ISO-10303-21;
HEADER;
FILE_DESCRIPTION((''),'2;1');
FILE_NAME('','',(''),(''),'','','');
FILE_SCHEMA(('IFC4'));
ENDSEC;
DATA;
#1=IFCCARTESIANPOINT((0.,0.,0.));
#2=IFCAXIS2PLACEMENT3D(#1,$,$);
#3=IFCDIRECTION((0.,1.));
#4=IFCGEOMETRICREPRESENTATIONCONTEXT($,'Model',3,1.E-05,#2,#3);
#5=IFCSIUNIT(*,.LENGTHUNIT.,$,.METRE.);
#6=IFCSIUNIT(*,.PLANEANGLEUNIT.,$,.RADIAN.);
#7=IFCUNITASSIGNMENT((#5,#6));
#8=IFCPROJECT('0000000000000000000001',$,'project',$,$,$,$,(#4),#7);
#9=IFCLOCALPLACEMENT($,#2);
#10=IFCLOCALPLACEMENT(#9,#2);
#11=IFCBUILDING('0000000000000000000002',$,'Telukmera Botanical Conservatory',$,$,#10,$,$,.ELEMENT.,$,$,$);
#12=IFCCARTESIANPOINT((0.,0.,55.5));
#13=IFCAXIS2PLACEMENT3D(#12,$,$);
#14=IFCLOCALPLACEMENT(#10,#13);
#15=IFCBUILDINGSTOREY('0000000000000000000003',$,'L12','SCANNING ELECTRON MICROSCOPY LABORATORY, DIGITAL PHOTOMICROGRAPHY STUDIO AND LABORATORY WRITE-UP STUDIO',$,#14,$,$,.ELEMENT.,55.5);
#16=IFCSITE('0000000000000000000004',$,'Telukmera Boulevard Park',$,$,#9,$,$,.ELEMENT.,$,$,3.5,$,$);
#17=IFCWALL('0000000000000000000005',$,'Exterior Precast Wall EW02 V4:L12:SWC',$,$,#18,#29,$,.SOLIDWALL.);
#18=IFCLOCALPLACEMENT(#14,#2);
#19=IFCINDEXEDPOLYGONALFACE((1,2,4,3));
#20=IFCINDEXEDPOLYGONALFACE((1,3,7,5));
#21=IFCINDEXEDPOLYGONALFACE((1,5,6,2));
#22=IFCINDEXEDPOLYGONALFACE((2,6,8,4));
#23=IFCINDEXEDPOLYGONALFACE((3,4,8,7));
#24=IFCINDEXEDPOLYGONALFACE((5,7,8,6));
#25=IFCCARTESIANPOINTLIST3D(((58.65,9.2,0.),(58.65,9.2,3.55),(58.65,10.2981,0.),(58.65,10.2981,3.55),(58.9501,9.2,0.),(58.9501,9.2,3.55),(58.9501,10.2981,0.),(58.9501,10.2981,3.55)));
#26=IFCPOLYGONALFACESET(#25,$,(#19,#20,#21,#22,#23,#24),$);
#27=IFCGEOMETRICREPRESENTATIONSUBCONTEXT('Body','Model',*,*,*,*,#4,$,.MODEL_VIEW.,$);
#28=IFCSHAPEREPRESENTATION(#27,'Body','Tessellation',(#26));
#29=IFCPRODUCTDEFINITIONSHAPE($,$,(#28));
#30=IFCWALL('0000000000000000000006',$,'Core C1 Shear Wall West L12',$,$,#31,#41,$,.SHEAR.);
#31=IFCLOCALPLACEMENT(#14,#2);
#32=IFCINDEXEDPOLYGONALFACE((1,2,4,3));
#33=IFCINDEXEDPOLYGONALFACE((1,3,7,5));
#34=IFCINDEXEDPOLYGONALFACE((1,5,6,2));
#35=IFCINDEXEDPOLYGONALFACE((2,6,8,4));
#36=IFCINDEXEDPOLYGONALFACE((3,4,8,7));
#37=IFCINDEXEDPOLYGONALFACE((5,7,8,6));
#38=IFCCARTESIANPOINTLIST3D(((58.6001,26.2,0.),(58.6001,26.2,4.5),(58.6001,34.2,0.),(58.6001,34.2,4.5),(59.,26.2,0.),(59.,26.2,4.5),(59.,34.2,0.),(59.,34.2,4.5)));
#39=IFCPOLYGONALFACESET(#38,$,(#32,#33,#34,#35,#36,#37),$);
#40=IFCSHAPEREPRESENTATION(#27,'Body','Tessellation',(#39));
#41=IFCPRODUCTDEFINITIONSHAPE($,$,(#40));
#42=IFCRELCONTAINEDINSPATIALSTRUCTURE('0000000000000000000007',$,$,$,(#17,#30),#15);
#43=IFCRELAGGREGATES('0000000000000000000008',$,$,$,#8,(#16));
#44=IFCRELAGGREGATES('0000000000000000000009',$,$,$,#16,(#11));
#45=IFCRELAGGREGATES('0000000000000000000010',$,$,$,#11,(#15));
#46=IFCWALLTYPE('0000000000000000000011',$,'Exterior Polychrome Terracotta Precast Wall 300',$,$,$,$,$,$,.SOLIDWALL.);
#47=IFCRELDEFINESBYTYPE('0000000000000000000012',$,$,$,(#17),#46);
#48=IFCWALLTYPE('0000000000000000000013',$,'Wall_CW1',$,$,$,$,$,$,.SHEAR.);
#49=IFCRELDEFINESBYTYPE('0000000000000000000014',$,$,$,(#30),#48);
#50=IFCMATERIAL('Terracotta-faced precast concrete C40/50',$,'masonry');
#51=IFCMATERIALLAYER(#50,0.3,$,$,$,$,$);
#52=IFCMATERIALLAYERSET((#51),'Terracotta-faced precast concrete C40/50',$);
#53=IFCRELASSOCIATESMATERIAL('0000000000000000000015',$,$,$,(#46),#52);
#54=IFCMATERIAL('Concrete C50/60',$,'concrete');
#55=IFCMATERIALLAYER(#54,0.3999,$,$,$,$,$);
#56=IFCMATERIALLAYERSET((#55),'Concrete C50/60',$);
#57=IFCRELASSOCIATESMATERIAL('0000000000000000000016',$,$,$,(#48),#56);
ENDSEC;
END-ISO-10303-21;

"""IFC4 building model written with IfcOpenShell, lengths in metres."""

from ifc_helpers import new_model, si_unit, direction, frame, frame_2d, origin, place, context, subcontext, project, spatial, rectangle, extrude, material, layer, layer_set, type_object, element, save


model = new_model("IFC4")

# Units and contexts
model_context = context("Model", 3, precision=1e-05, world=origin(), true_north=direction((0.0, 1.0)))
body_context = subcontext(model_context, "Body", "Model", "MODEL_VIEW")
ifc_project = project(units=[si_unit("LENGTHUNIT", "METRE"), si_unit("PLANEANGLEUNIT", "RADIAN")], contexts=[model_context])

# Site, building, storey
site_placement = place(None, origin())
site = spatial("IfcSite", under=ifc_project, at=site_placement, Name="Telukmera Boulevard Park", CompositionType="ELEMENT", RefElevation=3.5)
building_placement = place(site_placement, origin())
building = spatial("IfcBuilding", under=site, at=building_placement, Name="Telukmera Botanical Conservatory", CompositionType="ELEMENT")
storey_placement = place(building_placement, frame((0.0, 0.0, 55.5)))
storey = spatial("IfcBuildingStorey", under=building, at=storey_placement, Name="L12", Description="SCANNING ELECTRON MICROSCOPY LABORATORY, DIGITAL PHOTOMICROGRAPHY STUDIO AND LABORATORY WRITE-UP STUDIO", CompositionType="ELEMENT", Elevation=55.5)

# Shared definitions
ifc_material_1 = material(Name="Concrete C50/60", Category="concrete")

# Walls
ifc_material_2 = material(Name="Terracotta-faced precast concrete C40/50", Category="masonry")
ifc_layer_1 = layer(ifc_material_2, 0.3)
ifc_layer_set_1 = layer_set([ifc_layer_1], Name="Terracotta-faced precast concrete C40/50")
wall_type_1 = type_object("IfcWallType", Name="Exterior Polychrome Terracotta Precast Wall 300", PredefinedType="SOLIDWALL", material=ifc_layer_set_1)
wall_1_placement = place(storey_placement, frame((58.8, 9.2, 0.0), z_axis=(0.0, 0.0, 1.0), x_axis=(0.0, 1.0, 0.0)))
element("IfcWall", 1, at=wall_1_placement, inside=storey, type_object=wall_type_1, Name="Exterior Precast Wall EW02 V4:L12:SWC", PredefinedType="SOLIDWALL", context=body_context, shape_type="SweptSolid", body=[
    extrude(rectangle(XDim=1.0981, YDim=0.3, at=frame_2d((0.5491, 0.0))), origin(), (0.0, 0.0, 1.0), 3.55),
])
ifc_layer_2 = layer(ifc_material_1, 0.3999)
ifc_layer_set_2 = layer_set([ifc_layer_2], Name="Concrete C50/60")
wall_type_2 = type_object("IfcWallType", Name="Wall_CW1", PredefinedType="SHEAR", material=ifc_layer_set_2)
wall_2_placement = place(storey_placement, frame((58.8, 26.2, 0.0), z_axis=(0.0, 0.0, 1.0), x_axis=(0.0, 1.0, 0.0)))
element("IfcWall", 2, at=wall_2_placement, inside=storey, type_object=wall_type_2, Name="Core C1 Shear Wall West L12", PredefinedType="SHEAR", context=body_context, shape_type="SweptSolid", body=[
    extrude(rectangle(XDim=8.0, YDim=0.3999, at=frame_2d((4.0, 0.0))), origin(), (0.0, 0.0, 1.0), 4.5),
])

save(model, "model.ifc")
